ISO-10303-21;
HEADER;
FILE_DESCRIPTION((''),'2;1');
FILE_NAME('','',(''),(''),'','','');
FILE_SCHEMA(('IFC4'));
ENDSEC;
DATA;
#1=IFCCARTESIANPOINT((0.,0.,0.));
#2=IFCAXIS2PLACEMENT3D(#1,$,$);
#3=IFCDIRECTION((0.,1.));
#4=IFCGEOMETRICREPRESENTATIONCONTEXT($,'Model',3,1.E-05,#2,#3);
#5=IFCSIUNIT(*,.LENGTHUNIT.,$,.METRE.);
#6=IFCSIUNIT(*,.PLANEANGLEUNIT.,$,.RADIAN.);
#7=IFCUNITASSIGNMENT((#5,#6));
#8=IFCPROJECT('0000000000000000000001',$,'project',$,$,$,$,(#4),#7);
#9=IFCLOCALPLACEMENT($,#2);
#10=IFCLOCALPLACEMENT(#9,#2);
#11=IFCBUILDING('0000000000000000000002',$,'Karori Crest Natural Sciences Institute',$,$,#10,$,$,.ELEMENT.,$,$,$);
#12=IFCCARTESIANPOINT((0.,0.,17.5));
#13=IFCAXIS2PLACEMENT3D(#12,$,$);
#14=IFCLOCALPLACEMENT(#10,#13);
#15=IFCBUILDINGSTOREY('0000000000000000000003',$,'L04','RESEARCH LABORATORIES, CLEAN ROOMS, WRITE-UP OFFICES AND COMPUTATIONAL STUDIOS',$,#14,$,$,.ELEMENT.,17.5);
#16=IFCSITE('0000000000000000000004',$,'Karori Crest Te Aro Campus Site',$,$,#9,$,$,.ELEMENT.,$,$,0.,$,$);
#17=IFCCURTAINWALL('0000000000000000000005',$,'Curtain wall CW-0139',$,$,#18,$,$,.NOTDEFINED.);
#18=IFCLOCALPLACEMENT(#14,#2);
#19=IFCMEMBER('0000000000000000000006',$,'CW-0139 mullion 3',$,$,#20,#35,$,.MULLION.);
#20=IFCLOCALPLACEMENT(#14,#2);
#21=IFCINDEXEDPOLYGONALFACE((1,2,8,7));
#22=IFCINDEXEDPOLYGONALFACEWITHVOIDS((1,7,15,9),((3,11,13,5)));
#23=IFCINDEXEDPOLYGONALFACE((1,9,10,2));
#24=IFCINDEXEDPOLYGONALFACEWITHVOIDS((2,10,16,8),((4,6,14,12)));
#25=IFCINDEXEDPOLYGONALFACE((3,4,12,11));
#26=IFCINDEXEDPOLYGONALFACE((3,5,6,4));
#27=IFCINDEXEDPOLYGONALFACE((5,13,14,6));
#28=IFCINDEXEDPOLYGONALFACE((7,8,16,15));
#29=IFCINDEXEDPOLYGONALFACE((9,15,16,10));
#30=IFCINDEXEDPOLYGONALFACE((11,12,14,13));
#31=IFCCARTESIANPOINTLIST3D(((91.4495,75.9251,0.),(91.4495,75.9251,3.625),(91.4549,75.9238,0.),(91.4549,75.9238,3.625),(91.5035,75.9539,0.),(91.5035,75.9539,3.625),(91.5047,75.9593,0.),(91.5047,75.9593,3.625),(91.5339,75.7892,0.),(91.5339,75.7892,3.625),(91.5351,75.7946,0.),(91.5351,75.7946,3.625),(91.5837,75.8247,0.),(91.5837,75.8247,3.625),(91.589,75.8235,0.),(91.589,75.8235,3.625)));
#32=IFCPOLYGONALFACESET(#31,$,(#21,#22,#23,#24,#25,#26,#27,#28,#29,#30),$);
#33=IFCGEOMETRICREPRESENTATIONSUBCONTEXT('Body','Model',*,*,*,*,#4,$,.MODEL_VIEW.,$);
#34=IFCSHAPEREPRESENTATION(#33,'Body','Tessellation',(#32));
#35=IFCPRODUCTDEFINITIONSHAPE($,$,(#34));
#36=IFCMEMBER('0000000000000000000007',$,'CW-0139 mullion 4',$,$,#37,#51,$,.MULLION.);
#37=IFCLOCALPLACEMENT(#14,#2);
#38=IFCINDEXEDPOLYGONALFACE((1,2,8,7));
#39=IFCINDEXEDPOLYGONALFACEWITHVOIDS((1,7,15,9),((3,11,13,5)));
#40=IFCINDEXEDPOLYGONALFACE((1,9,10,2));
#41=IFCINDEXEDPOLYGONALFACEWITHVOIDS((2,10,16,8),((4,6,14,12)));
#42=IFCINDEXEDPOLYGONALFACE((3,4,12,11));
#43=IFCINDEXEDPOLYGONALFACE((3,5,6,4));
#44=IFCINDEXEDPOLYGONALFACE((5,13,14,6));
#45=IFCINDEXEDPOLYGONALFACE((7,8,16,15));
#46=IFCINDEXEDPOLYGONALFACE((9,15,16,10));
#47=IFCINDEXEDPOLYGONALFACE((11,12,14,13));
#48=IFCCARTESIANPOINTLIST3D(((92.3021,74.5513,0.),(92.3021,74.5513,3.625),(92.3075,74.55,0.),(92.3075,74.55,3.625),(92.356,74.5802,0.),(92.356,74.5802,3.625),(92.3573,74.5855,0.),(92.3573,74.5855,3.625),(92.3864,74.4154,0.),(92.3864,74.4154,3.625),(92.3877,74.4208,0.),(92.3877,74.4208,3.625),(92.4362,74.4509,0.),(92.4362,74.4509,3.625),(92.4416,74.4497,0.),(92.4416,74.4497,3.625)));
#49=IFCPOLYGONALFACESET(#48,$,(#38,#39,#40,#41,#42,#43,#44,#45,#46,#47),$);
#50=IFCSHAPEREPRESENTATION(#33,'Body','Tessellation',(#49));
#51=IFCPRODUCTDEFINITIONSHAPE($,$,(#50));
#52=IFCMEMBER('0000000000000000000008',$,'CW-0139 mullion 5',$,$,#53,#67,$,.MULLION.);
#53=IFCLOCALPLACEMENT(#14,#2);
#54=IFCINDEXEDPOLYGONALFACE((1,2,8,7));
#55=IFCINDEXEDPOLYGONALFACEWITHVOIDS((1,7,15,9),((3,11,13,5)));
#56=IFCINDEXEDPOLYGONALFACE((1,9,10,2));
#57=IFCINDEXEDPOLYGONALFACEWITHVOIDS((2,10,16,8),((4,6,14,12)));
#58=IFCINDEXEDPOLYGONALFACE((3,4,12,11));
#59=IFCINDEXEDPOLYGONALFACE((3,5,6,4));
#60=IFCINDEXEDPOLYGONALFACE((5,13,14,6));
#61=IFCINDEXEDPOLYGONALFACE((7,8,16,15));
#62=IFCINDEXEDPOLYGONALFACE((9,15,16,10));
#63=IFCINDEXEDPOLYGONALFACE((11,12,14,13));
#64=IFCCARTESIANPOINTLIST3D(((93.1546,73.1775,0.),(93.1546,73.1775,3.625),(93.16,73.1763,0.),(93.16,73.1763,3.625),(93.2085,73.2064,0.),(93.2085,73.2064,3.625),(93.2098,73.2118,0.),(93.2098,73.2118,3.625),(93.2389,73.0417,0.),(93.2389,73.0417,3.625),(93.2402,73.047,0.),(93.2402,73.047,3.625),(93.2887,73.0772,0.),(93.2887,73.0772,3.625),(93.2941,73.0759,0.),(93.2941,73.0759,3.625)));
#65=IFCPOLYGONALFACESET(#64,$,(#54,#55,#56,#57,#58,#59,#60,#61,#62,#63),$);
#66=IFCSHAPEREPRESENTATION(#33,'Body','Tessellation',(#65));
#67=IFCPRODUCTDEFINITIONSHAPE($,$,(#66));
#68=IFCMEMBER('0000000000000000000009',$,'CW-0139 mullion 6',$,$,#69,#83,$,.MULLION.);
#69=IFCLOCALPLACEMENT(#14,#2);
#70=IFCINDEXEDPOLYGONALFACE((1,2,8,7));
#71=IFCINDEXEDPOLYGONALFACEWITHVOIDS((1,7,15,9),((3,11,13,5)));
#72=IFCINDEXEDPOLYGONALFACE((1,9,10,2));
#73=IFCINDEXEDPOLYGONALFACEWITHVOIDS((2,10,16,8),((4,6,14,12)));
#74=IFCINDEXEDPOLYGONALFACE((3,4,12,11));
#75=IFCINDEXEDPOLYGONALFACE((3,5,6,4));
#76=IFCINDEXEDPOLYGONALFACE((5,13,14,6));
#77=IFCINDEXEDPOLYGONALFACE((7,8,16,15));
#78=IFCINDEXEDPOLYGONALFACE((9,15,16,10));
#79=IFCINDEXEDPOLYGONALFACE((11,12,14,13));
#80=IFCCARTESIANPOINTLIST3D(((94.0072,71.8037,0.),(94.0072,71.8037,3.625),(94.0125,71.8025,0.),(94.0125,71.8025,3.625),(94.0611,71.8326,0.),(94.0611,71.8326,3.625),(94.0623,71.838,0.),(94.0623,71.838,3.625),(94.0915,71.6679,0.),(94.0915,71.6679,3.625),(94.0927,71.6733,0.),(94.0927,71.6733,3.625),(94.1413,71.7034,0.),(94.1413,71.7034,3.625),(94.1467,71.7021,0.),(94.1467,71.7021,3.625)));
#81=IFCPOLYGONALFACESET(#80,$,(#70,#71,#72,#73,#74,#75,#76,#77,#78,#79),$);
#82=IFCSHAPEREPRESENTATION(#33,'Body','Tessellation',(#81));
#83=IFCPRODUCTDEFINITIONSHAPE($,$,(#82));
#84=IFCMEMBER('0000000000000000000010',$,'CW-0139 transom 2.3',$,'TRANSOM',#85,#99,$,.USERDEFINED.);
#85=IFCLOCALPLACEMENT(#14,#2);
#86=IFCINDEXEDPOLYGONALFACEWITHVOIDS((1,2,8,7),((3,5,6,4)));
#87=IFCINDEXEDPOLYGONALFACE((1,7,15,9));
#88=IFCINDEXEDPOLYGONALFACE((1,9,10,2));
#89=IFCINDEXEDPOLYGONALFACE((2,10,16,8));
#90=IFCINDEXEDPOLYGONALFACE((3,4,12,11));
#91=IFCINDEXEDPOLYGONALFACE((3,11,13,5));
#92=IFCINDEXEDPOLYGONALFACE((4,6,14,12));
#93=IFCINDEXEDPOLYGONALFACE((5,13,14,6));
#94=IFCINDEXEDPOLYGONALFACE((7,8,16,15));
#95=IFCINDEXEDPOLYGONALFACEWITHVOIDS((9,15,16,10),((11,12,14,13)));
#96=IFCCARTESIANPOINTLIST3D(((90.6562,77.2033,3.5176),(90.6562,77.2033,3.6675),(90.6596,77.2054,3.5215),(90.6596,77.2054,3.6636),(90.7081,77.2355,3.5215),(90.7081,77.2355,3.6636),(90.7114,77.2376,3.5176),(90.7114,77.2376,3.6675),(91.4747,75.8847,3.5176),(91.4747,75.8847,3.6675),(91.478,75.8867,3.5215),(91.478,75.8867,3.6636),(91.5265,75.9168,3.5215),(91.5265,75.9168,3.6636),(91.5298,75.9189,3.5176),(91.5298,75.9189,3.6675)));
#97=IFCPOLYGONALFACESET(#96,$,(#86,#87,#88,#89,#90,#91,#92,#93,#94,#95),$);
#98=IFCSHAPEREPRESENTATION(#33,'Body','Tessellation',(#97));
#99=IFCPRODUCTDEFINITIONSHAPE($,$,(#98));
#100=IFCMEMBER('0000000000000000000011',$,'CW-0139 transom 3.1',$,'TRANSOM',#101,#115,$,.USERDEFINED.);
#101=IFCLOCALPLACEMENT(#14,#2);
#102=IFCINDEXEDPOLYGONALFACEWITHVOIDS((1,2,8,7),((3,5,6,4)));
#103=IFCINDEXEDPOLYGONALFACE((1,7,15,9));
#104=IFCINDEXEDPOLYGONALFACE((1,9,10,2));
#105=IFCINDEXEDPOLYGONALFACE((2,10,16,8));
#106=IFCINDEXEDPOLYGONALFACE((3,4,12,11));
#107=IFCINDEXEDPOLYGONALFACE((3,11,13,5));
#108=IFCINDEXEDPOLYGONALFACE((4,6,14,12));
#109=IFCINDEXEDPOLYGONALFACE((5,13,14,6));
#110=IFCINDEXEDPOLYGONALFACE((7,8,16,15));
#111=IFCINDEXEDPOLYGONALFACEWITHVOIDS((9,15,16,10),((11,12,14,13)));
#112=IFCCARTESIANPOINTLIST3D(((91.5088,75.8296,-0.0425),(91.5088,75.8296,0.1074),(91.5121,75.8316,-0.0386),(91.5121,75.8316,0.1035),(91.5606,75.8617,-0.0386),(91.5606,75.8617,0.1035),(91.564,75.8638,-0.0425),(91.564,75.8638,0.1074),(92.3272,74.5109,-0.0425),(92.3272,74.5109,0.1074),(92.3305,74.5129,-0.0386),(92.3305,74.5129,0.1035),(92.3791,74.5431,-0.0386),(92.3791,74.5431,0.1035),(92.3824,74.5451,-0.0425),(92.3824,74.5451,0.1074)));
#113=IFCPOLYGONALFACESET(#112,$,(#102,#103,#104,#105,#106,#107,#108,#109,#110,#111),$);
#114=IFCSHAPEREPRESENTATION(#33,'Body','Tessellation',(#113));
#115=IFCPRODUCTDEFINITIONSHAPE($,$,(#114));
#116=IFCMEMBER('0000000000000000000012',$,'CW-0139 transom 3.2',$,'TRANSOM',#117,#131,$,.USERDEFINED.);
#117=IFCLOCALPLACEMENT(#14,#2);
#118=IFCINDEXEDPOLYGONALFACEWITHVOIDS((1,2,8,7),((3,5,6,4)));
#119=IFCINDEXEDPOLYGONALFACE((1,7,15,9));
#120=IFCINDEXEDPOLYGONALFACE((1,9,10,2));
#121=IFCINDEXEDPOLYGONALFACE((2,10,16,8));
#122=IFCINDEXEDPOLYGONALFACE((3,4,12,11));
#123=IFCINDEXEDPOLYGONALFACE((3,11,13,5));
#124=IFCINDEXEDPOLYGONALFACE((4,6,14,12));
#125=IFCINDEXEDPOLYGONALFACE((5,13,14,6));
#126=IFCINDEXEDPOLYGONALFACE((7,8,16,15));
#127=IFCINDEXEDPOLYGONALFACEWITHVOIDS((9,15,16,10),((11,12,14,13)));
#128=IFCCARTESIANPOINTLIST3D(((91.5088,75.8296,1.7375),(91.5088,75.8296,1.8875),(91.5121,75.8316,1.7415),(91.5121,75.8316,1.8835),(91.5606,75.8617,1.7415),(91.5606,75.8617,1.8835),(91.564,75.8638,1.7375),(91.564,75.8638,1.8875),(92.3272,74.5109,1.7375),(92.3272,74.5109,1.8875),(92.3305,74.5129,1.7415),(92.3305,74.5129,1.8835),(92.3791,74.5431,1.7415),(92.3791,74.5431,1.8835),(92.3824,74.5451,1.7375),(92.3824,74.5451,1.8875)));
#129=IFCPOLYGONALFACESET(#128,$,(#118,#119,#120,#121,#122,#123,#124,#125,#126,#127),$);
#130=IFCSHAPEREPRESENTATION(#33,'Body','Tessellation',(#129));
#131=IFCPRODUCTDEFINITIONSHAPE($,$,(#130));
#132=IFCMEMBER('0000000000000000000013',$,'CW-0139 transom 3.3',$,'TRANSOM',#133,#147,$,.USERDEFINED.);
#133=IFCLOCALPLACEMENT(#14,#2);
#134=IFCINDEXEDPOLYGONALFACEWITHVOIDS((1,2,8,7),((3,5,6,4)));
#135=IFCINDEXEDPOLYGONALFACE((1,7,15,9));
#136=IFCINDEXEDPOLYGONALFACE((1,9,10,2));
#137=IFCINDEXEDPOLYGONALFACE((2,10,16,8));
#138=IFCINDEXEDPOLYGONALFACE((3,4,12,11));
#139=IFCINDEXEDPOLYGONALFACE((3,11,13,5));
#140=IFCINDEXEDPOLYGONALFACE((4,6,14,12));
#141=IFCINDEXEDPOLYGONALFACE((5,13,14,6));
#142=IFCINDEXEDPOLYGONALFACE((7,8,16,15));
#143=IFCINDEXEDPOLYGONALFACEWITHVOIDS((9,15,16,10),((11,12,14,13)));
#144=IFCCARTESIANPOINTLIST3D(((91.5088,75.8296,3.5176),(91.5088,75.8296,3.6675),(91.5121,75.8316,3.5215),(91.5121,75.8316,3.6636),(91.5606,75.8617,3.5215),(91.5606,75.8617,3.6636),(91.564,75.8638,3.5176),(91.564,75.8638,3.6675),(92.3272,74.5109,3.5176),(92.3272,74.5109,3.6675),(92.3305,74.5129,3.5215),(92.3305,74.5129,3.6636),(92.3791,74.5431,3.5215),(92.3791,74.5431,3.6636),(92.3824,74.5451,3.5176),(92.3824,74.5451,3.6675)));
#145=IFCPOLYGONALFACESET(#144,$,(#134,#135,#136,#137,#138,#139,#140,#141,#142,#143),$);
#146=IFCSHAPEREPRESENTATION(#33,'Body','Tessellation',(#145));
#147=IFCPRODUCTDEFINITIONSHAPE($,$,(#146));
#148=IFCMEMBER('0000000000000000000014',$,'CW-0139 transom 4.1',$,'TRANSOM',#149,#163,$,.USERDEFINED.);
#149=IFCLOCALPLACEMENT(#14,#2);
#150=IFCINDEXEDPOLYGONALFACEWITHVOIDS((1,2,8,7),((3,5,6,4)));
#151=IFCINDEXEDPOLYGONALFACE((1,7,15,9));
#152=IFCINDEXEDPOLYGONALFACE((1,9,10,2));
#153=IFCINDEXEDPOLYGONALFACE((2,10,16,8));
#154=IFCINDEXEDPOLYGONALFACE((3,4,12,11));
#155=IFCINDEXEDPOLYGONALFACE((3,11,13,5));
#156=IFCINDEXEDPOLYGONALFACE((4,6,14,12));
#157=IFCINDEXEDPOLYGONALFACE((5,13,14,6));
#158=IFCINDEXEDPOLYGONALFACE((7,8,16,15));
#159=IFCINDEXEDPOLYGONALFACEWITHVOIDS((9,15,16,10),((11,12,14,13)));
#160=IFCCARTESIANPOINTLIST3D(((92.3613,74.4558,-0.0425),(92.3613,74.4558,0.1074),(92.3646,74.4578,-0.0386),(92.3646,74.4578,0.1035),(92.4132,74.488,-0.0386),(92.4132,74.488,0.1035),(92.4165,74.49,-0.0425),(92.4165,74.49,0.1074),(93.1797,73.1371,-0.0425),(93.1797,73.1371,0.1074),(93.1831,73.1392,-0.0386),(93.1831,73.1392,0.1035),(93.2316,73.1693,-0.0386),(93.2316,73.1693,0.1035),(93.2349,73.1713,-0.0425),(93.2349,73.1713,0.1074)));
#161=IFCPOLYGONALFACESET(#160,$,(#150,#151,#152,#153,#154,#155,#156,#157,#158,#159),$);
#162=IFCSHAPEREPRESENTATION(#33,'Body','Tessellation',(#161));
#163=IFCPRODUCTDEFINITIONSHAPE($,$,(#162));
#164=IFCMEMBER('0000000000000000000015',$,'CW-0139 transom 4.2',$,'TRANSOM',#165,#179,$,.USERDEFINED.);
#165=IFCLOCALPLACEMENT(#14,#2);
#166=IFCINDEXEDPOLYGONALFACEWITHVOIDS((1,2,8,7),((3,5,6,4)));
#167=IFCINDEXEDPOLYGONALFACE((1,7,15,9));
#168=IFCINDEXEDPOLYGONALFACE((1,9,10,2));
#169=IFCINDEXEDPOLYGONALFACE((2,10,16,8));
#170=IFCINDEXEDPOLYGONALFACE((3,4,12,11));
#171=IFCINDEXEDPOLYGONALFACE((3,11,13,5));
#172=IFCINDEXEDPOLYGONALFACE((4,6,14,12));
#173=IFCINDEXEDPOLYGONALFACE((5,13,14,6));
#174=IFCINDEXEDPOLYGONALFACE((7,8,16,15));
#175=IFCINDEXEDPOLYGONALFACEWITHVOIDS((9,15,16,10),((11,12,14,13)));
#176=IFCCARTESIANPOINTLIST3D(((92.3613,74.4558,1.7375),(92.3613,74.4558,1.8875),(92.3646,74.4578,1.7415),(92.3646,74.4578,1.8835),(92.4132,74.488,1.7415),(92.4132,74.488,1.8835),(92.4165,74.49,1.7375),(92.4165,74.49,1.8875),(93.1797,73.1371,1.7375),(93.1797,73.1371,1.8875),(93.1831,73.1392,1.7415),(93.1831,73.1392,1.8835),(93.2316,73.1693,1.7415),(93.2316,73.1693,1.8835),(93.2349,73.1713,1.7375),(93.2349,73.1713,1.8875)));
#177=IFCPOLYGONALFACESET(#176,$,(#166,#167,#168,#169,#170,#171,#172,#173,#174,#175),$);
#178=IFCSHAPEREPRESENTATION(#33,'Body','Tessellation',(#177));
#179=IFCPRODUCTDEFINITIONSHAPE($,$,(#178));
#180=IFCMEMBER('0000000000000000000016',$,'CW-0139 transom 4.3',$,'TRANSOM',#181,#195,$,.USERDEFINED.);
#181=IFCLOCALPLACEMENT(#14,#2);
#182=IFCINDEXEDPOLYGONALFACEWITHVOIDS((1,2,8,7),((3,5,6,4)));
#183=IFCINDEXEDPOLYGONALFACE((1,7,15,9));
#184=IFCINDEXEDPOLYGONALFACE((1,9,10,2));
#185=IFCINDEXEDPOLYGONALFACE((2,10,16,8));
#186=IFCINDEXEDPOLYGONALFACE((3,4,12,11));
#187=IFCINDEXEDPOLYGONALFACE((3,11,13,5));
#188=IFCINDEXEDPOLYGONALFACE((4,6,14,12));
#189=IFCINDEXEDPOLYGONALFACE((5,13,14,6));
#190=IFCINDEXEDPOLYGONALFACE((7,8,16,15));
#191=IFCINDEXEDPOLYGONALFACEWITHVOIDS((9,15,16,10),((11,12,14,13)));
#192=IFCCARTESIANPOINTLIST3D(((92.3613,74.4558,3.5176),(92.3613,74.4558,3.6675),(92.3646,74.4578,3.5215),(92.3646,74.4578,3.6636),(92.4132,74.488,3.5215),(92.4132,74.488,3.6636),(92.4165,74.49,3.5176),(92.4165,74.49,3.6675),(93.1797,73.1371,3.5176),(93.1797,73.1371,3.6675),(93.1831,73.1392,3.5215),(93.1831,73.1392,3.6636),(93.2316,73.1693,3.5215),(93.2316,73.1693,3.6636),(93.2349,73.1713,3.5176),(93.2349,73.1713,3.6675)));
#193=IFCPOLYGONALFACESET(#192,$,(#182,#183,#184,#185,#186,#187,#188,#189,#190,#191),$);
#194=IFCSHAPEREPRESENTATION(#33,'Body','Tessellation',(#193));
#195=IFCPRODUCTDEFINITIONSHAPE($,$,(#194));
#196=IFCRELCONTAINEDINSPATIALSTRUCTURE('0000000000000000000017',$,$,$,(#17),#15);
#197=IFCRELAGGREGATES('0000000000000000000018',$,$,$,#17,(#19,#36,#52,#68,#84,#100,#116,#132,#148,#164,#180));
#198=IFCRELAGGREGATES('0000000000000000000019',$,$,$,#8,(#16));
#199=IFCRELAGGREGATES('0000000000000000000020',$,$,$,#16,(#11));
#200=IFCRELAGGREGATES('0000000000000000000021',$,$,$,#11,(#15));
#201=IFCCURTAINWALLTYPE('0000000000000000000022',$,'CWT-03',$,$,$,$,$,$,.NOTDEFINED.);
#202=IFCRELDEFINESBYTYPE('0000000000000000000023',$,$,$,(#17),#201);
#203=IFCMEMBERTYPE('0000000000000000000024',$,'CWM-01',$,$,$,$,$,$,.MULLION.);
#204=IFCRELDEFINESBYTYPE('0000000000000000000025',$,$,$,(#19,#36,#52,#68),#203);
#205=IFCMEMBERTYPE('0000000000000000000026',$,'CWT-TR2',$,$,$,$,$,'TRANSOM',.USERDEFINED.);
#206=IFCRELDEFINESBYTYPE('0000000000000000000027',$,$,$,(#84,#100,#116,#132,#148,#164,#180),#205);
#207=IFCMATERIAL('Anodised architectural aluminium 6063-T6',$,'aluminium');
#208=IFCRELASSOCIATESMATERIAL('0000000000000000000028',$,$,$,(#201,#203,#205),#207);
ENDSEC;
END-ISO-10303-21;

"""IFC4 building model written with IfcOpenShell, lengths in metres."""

from ifc_helpers import new_model, si_unit, direction, frame, origin, origin_2d, place, context, subcontext, project, spatial, hollow_rectangle, extrude, material, material_profile, profile_set, type_object, element, aggregate, save


model = new_model("IFC4")

# Units and contexts
model_context = context("Model", 3, precision=1e-05, world=origin(), true_north=direction((0.0, 1.0)))
body_context = subcontext(model_context, "Body", "Model", "MODEL_VIEW")
ifc_project = project(units=[si_unit("LENGTHUNIT", "METRE"), si_unit("PLANEANGLEUNIT", "RADIAN")], contexts=[model_context])

# Site, building, storey
site_placement = place(None, origin())
site = spatial("IfcSite", under=ifc_project, at=site_placement, Name="Karori Crest Te Aro Campus Site", CompositionType="ELEMENT", RefElevation=0.0)
building_placement = place(site_placement, origin())
building = spatial("IfcBuilding", under=site, at=building_placement, Name="Karori Crest Natural Sciences Institute", CompositionType="ELEMENT")
storey_placement = place(building_placement, frame((0.0, 0.0, 17.5)))
storey = spatial("IfcBuildingStorey", under=building, at=storey_placement, Name="L04", Description="RESEARCH LABORATORIES, CLEAN ROOMS, WRITE-UP OFFICES AND COMPUTATIONAL STUDIOS", CompositionType="ELEMENT", Elevation=17.5)

# Curtain wall, members
ifc_material_1 = material(Name="Anodised architectural aluminium 6063-T6", Category="aluminium")
curtain_wall_type = type_object("IfcCurtainWallType", Name="CWT-03", PredefinedType="NOTDEFINED", material=ifc_material_1)
curtain_wall_placement = place(storey_placement, origin())
curtain_wall = element("IfcCurtainWall", 1, at=curtain_wall_placement, inside=storey, type_object=curtain_wall_type, Name="Curtain wall CW-0139", PredefinedType="NOTDEFINED")
ifc_material_profile_1 = material_profile(ifc_material_1, hollow_rectangle(XDim=0.0649, YDim=0.1599, WallThickness=0.0039, at=origin_2d()), Name="CWM160x65x4")
ifc_profile_set_1 = profile_set([ifc_material_profile_1], Name="Anodised architectural aluminium 6063-T6")
member_type_1 = type_object("IfcMemberType", Name="CWM-01", PredefinedType="MULLION", material=ifc_profile_set_1)
member_1_placement = place(storey_placement, frame((91.5193, 75.8743, 0.0), z_axis=(0.0, 0.0, 1.0), x_axis=(0.849662, 0.527328, 0.0)))
member_1 = element("IfcMember", 2, at=member_1_placement, type_object=member_type_1, Name="CW-0139 mullion 3", PredefinedType="MULLION", context=body_context, shape_type="SweptSolid", body=[
    extrude(hollow_rectangle(XDim=0.0649, YDim=0.1599, WallThickness=0.0039, at=origin_2d()), origin(), (0.0, 0.0, 1.0), 3.625),
])
member_2_placement = place(storey_placement, frame((92.3718, 74.5005, 0.0), z_axis=(0.0, 0.0, 1.0), x_axis=(0.849662, 0.527328, 0.0)))
member_2 = element("IfcMember", 3, at=member_2_placement, type_object=member_type_1, Name="CW-0139 mullion 4", PredefinedType="MULLION", context=body_context, shape_type="SweptSolid", body=[
    extrude(hollow_rectangle(XDim=0.0649, YDim=0.1599, WallThickness=0.0039, at=origin_2d()), origin(), (0.0, 0.0, 1.0), 3.625),
])
member_3_placement = place(storey_placement, frame((93.2244, 73.1267, 0.0), z_axis=(0.0, 0.0, 1.0), x_axis=(0.849662, 0.527328, 0.0)))
member_3 = element("IfcMember", 4, at=member_3_placement, type_object=member_type_1, Name="CW-0139 mullion 5", PredefinedType="MULLION", context=body_context, shape_type="SweptSolid", body=[
    extrude(hollow_rectangle(XDim=0.0649, YDim=0.1599, WallThickness=0.0039, at=origin_2d()), origin(), (0.0, 0.0, 1.0), 3.625),
])
member_4_placement = place(storey_placement, frame((94.0769, 71.7529, 0.0), z_axis=(0.0, 0.0, 1.0), x_axis=(0.849662, 0.527328, 0.0)))
member_4 = element("IfcMember", 5, at=member_4_placement, type_object=member_type_1, Name="CW-0139 mullion 6", PredefinedType="MULLION", context=body_context, shape_type="SweptSolid", body=[
    extrude(hollow_rectangle(XDim=0.0649, YDim=0.1599, WallThickness=0.0039, at=origin_2d()), origin(), (0.0, 0.0, 1.0), 3.625),
])
ifc_material_profile_2 = material_profile(ifc_material_1, hollow_rectangle(XDim=0.0649, YDim=0.1499, WallThickness=0.0039, at=origin_2d()), Name="CWT150x65x4")
ifc_profile_set_2 = profile_set([ifc_material_profile_2], Name="Anodised architectural aluminium 6063-T6")
member_type_2 = type_object("IfcMemberType", Name="CWT-TR2", ElementType="TRANSOM", PredefinedType="USERDEFINED", material=ifc_profile_set_2)
member_5_placement = place(storey_placement, frame((90.6838, 77.2205, 3.5925), z_axis=(0.527324, -0.849664, 0.0), x_axis=(0.849664, 0.527324, 0.0)))
member_5 = element("IfcMember", 6, at=member_5_placement, type_object=member_type_2, Name="CW-0139 transom 2.3", ObjectType="TRANSOM", PredefinedType="USERDEFINED", context=body_context, shape_type="SweptSolid", body=[
    extrude(hollow_rectangle(XDim=0.0649, YDim=0.1499, WallThickness=0.0039, at=origin_2d()), origin(), (0.0, 0.0, 1.0), 1.552),
])
member_6_placement = place(storey_placement, frame((91.5364, 75.8467, 0.0325), z_axis=(0.527324, -0.849664, 0.0), x_axis=(0.849664, 0.527324, 0.0)))
member_6 = element("IfcMember", 7, at=member_6_placement, type_object=member_type_2, Name="CW-0139 transom 3.1", ObjectType="TRANSOM", PredefinedType="USERDEFINED", context=body_context, shape_type="SweptSolid", body=[
    extrude(hollow_rectangle(XDim=0.0649, YDim=0.1499, WallThickness=0.0039, at=origin_2d()), origin(), (0.0, 0.0, 1.0), 1.552),
])
member_7_placement = place(storey_placement, frame((91.5364, 75.8467, 1.8125), z_axis=(0.527324, -0.849664, 0.0), x_axis=(0.849664, 0.527324, 0.0)))
member_7 = element("IfcMember", 8, at=member_7_placement, type_object=member_type_2, Name="CW-0139 transom 3.2", ObjectType="TRANSOM", PredefinedType="USERDEFINED", context=body_context, shape_type="SweptSolid", body=[
    extrude(hollow_rectangle(XDim=0.0649, YDim=0.1499, WallThickness=0.0039, at=origin_2d()), origin(), (0.0, 0.0, 1.0), 1.552),
])
member_8_placement = place(storey_placement, frame((91.5364, 75.8467, 3.5925), z_axis=(0.527324, -0.849664, 0.0), x_axis=(0.849664, 0.527324, 0.0)))
member_8 = element("IfcMember", 9, at=member_8_placement, type_object=member_type_2, Name="CW-0139 transom 3.3", ObjectType="TRANSOM", PredefinedType="USERDEFINED", context=body_context, shape_type="SweptSolid", body=[
    extrude(hollow_rectangle(XDim=0.0649, YDim=0.1499, WallThickness=0.0039, at=origin_2d()), origin(), (0.0, 0.0, 1.0), 1.552),
])
member_9_placement = place(storey_placement, frame((92.3889, 74.4729, 0.0325), z_axis=(0.527324, -0.849664, 0.0), x_axis=(0.849664, 0.527324, 0.0)))
member_9 = element("IfcMember", 10, at=member_9_placement, type_object=member_type_2, Name="CW-0139 transom 4.1", ObjectType="TRANSOM", PredefinedType="USERDEFINED", context=body_context, shape_type="SweptSolid", body=[
    extrude(hollow_rectangle(XDim=0.0649, YDim=0.1499, WallThickness=0.0039, at=origin_2d()), origin(), (0.0, 0.0, 1.0), 1.552),
])
member_10_placement = place(storey_placement, frame((92.3889, 74.4729, 1.8125), z_axis=(0.527324, -0.849664, 0.0), x_axis=(0.849664, 0.527324, 0.0)))
member_10 = element("IfcMember", 11, at=member_10_placement, type_object=member_type_2, Name="CW-0139 transom 4.2", ObjectType="TRANSOM", PredefinedType="USERDEFINED", context=body_context, shape_type="SweptSolid", body=[
    extrude(hollow_rectangle(XDim=0.0649, YDim=0.1499, WallThickness=0.0039, at=origin_2d()), origin(), (0.0, 0.0, 1.0), 1.552),
])
member_11_placement = place(storey_placement, frame((92.3889, 74.4729, 3.5925), z_axis=(0.527324, -0.849664, 0.0), x_axis=(0.849664, 0.527324, 0.0)))
member_11 = element("IfcMember", 12, at=member_11_placement, type_object=member_type_2, Name="CW-0139 transom 4.3", ObjectType="TRANSOM", PredefinedType="USERDEFINED", context=body_context, shape_type="SweptSolid", body=[
    extrude(hollow_rectangle(XDim=0.0649, YDim=0.1499, WallThickness=0.0039, at=origin_2d()), origin(), (0.0, 0.0, 1.0), 1.552),
])
aggregate(curtain_wall, [member_1, member_2, member_3, member_4, member_5, member_6, member_7, member_8, member_9, member_10, member_11])

save(model, "model.ifc")
